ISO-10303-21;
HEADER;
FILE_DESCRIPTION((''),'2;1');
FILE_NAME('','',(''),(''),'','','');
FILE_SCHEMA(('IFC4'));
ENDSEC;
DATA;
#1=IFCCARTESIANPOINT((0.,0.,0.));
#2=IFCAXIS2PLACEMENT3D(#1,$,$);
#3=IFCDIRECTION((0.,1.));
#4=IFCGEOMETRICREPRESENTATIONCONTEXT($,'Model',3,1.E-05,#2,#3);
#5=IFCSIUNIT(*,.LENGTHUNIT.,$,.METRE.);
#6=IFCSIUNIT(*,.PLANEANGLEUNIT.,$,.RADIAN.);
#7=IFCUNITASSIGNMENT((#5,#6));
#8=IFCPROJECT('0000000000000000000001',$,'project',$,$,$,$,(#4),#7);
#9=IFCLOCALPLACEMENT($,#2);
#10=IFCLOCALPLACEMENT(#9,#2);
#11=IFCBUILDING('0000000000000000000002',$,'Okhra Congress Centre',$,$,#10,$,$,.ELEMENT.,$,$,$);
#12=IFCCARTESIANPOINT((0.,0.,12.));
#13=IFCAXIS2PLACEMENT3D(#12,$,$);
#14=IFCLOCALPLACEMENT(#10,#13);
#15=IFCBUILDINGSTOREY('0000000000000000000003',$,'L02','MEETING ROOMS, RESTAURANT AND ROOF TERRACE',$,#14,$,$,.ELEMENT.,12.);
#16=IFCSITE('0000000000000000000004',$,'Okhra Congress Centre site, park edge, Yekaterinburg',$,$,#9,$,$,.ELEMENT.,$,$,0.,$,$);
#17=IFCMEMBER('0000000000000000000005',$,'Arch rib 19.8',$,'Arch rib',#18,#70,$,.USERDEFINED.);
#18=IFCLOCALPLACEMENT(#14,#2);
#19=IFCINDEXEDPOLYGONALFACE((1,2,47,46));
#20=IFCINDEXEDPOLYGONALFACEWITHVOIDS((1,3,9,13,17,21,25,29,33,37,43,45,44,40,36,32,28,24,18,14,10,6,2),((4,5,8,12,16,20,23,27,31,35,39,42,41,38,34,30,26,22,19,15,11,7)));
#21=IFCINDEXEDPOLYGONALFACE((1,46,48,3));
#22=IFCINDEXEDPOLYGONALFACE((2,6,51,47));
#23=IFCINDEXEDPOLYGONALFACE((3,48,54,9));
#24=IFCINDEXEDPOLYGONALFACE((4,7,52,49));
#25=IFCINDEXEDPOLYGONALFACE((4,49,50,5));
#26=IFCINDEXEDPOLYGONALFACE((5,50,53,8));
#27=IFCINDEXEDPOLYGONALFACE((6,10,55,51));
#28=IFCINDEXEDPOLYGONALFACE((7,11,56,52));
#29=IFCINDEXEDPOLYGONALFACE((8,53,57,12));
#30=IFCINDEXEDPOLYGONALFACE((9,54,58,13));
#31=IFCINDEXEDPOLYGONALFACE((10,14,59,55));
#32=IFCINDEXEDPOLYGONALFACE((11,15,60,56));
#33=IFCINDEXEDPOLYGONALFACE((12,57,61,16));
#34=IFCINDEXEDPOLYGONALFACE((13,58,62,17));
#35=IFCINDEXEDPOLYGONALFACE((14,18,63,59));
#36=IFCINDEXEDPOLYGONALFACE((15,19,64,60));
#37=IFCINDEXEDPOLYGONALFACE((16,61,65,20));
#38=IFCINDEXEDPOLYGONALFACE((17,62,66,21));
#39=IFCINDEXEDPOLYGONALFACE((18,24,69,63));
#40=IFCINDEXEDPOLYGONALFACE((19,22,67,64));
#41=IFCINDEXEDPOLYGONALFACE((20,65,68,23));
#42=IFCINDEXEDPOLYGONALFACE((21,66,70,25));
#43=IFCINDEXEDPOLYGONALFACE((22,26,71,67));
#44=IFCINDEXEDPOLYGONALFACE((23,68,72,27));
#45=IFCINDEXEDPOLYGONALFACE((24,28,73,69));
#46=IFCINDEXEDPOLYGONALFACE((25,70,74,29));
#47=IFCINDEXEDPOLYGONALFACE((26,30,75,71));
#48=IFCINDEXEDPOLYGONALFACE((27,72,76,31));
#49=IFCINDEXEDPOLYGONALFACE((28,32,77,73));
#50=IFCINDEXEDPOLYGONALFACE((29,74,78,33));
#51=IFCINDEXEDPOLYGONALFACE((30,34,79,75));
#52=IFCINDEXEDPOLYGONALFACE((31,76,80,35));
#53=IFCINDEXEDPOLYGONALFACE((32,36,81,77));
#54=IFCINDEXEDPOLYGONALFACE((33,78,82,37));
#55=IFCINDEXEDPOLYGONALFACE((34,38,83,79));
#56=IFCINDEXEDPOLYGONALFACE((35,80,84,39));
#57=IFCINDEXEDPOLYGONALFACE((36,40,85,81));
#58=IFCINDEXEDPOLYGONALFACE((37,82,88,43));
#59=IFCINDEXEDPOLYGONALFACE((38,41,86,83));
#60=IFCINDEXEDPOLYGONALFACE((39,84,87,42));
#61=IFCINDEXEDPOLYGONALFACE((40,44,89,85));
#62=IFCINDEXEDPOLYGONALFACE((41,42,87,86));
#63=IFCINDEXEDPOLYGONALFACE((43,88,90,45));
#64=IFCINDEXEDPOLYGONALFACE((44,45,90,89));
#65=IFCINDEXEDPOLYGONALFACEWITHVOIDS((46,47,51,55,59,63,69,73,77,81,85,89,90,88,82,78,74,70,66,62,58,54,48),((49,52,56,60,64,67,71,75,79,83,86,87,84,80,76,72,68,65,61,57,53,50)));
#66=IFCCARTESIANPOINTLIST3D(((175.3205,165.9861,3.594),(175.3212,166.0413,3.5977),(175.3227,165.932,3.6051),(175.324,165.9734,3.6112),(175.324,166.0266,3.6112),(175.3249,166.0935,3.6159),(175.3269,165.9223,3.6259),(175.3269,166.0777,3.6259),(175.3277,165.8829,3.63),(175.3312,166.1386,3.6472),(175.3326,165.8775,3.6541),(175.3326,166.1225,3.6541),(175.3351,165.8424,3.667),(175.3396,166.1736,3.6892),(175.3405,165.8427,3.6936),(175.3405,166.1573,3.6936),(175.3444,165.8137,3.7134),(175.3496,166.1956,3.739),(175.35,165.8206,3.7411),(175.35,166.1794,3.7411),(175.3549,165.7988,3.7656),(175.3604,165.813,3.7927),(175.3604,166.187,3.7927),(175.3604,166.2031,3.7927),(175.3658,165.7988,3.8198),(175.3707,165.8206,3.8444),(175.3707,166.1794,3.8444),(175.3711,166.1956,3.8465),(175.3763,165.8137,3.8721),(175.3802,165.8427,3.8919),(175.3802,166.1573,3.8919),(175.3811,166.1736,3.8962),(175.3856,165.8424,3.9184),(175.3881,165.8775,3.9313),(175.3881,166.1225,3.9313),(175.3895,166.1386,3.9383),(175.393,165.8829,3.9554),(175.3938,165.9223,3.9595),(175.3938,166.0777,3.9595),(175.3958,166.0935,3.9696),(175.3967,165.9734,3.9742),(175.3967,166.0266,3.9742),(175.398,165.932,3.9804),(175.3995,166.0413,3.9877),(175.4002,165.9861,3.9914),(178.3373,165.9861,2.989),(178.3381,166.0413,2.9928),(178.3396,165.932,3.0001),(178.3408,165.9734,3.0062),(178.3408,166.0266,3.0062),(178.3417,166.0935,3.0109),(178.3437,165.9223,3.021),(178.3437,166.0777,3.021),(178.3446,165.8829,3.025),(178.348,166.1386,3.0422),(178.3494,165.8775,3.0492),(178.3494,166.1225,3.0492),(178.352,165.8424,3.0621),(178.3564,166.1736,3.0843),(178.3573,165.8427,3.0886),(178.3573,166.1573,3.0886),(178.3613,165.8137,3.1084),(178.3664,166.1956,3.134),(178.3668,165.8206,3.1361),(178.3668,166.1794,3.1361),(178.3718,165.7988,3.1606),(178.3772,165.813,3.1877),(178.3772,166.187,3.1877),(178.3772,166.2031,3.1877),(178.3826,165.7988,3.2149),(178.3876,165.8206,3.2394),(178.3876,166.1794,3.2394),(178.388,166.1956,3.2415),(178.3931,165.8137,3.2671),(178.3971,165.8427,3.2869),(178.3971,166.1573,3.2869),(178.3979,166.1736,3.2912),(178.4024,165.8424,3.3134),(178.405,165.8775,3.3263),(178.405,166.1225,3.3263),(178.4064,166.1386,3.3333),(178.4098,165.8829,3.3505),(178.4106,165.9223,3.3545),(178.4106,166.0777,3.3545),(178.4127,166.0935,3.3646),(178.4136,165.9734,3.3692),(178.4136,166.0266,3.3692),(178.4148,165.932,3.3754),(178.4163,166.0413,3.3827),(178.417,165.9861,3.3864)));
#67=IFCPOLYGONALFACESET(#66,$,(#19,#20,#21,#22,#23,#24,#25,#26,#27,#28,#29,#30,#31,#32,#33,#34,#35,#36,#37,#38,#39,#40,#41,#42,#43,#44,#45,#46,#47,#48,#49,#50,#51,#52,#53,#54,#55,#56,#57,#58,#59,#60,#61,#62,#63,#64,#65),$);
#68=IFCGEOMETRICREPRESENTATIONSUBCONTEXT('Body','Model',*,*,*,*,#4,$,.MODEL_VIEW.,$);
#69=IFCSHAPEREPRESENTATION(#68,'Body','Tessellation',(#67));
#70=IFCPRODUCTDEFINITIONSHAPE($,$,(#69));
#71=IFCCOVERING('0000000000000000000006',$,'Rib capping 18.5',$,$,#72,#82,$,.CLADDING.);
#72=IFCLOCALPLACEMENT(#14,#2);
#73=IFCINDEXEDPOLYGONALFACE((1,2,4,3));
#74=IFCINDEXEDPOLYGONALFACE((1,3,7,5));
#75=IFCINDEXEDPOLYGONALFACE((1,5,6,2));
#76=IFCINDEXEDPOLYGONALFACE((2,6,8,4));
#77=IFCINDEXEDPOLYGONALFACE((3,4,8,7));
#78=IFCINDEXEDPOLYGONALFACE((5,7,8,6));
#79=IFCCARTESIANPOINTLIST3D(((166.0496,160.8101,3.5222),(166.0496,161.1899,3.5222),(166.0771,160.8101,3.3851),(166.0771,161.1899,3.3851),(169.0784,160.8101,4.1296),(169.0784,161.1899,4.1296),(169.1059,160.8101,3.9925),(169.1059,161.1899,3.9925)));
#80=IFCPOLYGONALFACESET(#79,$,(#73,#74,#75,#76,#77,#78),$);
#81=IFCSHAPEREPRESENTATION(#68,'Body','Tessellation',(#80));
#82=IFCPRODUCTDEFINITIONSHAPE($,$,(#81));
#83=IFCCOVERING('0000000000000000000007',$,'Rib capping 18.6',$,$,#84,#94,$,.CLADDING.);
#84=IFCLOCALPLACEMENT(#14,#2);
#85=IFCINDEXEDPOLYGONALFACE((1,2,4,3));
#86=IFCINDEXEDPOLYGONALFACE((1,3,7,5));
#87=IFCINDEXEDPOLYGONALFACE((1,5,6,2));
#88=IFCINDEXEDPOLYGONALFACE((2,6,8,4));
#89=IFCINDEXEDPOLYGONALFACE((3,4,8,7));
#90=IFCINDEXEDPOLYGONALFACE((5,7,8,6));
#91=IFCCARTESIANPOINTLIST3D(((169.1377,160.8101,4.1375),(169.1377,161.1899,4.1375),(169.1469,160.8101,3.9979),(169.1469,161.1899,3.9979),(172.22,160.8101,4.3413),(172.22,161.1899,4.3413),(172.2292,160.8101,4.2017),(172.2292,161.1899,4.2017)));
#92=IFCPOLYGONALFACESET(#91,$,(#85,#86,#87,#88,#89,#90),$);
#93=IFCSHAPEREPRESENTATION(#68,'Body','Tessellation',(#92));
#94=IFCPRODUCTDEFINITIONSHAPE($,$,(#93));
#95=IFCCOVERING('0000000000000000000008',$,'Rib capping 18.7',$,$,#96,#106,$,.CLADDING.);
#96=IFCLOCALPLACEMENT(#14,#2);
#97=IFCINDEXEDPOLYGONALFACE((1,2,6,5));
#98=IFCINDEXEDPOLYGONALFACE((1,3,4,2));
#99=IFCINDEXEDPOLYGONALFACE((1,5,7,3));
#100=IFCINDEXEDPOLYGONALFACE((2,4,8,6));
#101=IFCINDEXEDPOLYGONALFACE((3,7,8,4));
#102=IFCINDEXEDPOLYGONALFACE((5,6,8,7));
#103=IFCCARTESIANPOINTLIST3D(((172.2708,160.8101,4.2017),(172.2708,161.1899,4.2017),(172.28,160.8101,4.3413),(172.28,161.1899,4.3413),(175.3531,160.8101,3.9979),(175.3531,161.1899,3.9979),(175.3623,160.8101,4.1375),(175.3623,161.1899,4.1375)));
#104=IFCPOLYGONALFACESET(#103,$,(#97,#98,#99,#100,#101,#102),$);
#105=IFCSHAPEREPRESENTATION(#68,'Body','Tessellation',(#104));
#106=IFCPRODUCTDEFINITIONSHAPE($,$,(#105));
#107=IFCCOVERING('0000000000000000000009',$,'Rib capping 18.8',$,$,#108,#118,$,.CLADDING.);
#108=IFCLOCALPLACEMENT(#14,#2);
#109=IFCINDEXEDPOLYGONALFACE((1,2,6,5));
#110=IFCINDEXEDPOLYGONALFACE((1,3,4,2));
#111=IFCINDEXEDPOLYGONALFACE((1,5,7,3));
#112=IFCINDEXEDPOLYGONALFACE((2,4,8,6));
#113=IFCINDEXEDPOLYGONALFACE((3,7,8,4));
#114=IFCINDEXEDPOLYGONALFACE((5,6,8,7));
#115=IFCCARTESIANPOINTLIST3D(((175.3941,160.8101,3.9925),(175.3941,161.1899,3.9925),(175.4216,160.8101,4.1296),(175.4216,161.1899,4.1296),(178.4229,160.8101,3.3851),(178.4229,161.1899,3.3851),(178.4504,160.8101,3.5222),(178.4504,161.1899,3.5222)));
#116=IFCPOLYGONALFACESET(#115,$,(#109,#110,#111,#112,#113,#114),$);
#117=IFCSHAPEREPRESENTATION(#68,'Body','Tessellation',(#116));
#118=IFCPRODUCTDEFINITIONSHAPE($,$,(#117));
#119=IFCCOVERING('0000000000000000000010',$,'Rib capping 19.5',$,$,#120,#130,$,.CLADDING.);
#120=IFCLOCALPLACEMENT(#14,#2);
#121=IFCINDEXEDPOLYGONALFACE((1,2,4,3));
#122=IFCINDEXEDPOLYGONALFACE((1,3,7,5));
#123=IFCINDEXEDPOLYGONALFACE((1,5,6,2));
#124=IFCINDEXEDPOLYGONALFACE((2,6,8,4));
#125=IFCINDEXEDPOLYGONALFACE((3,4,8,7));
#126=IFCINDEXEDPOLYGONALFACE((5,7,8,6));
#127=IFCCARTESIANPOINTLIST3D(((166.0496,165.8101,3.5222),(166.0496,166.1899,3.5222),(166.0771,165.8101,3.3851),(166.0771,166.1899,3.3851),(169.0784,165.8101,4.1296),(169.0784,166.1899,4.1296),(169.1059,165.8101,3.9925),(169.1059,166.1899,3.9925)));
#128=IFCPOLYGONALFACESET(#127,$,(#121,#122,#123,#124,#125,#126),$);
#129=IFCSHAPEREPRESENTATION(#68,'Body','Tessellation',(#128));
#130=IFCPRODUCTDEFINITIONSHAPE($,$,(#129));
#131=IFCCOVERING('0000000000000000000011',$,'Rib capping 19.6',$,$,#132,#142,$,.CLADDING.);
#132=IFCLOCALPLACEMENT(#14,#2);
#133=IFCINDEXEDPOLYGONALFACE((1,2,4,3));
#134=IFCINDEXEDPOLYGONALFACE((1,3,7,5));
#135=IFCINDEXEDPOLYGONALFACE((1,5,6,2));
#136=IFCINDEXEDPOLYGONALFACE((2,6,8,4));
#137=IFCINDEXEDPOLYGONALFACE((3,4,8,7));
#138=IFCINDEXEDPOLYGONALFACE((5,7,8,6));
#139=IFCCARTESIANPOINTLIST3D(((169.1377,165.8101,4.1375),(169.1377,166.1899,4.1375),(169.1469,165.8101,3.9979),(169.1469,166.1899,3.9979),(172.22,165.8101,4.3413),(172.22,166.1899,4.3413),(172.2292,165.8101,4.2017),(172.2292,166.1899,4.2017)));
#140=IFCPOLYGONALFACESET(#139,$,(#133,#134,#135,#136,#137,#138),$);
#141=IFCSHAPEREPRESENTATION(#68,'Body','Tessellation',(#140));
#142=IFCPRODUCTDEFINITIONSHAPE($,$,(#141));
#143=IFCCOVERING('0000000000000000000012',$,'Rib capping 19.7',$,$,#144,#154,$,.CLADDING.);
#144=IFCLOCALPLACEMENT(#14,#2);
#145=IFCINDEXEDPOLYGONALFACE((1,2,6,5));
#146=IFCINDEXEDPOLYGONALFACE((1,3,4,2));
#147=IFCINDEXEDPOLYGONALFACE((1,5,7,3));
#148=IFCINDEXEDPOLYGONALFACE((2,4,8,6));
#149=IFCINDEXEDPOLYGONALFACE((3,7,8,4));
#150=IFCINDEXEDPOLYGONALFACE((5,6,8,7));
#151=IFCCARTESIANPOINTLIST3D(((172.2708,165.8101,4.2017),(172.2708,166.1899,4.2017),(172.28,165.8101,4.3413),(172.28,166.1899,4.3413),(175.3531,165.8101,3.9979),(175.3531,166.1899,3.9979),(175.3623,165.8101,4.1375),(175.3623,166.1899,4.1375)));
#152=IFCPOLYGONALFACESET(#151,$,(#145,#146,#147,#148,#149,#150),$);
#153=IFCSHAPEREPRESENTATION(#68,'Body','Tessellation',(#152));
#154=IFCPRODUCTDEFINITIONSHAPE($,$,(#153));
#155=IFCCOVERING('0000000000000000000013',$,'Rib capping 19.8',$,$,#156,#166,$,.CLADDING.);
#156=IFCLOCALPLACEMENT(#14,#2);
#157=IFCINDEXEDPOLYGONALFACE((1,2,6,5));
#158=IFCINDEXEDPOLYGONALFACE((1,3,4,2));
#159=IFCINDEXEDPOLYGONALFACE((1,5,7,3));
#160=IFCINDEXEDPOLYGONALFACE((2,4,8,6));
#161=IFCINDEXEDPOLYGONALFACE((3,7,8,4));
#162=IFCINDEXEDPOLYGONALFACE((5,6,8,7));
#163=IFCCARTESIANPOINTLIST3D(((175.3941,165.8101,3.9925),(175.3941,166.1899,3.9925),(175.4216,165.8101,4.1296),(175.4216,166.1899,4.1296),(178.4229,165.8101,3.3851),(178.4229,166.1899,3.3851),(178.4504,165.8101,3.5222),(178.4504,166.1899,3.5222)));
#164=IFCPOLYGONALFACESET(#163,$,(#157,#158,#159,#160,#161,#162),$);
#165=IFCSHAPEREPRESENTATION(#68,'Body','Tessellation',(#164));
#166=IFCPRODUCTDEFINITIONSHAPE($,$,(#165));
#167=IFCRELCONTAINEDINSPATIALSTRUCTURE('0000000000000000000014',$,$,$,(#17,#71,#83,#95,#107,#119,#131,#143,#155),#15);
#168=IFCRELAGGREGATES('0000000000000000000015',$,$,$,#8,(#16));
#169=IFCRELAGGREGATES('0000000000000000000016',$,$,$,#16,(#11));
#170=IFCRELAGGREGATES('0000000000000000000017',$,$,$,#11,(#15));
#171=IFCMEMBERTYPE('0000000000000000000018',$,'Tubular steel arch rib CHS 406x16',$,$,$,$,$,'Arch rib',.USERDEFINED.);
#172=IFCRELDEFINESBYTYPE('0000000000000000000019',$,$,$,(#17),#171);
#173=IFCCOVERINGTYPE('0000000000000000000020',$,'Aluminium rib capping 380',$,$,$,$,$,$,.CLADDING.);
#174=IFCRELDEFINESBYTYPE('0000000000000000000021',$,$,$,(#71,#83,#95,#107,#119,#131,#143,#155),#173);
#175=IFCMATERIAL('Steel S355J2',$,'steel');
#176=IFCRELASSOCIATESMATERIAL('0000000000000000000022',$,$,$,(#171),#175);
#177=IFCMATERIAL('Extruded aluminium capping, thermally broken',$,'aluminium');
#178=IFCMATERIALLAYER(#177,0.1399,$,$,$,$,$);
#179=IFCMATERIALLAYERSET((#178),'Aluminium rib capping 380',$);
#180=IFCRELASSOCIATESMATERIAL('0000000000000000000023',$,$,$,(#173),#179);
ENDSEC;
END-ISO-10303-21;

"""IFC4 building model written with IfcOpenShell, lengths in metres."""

from ifc_helpers import new_model, si_unit, direction, frame, origin, origin_2d, place, context, subcontext, project, spatial, polyline, hollow_circle, outline, extrude, material, layer, layer_set, material_profile, profile_set, type_object, element, save


model = new_model("IFC4")

# Units and contexts
model_context = context("Model", 3, precision=1e-05, world=origin(), true_north=direction((0.0, 1.0)))
body_context = subcontext(model_context, "Body", "Model", "MODEL_VIEW")
ifc_project = project(units=[si_unit("LENGTHUNIT", "METRE"), si_unit("PLANEANGLEUNIT", "RADIAN")], contexts=[model_context])

# Site, building, storey
site_placement = place(None, origin())
site = spatial("IfcSite", under=ifc_project, at=site_placement, Name="Okhra Congress Centre site, park edge, Yekaterinburg", CompositionType="ELEMENT", RefElevation=0.0)
building_placement = place(site_placement, origin())
building = spatial("IfcBuilding", under=site, at=building_placement, Name="Okhra Congress Centre", CompositionType="ELEMENT")
storey_placement = place(building_placement, frame((0.0, 0.0, 12.0)))
storey = spatial("IfcBuildingStorey", under=building, at=storey_placement, Name="L02", Description="MEETING ROOMS, RESTAURANT AND ROOF TERRACE", CompositionType="ELEMENT", Elevation=12.0)

# Member
ifc_material_1 = material(Name="Steel S355J2", Category="steel")
ifc_material_profile_1 = material_profile(ifc_material_1, hollow_circle(Radius=0.2031, WallThickness=0.0161, at=origin_2d()), Name="CHS 406.4x16")
ifc_profile_set_1 = profile_set([ifc_material_profile_1], Name="Steel S355J2")
member_type_1 = type_object("IfcMemberType", Name="Tubular steel arch rib CHS 406x16", ElementType="Arch rib", PredefinedType="USERDEFINED", material=ifc_profile_set_1)
for number, where, z_axis, x_axis, name in (
    (1, (175.3604, 166.0, 3.7927), (0.98048, 0.0, -0.19662), (0.0, 1.0, 0.0), "Arch rib 19.8"),
):
    element("IfcMember", number, at=place(storey_placement, frame(where, z_axis=z_axis, x_axis=x_axis)), inside=storey, type_object=member_type_1, Name=name, ObjectType="Arch rib", PredefinedType="USERDEFINED", context=body_context, shape_type="SweptSolid", body=[
        extrude(hollow_circle(Radius=0.2031, WallThickness=0.0161, at=origin_2d()), origin(), (0.0, 0.0, 1.0), 3.0769),
    ])

# Coverings
ifc_material_2 = material(Name="Extruded aluminium capping, thermally broken", Category="aluminium")
ifc_layer = layer(ifc_material_2, 0.1399)
ifc_layer_set = layer_set([ifc_layer], Name="Aluminium rib capping 380")
covering_type = type_object("IfcCoveringType", Name="Aluminium rib capping 380", PredefinedType="CLADDING", material=ifc_layer_set)
covering_1_placement = place(storey_placement, frame((166.0496, 160.8101, 3.5222), z_axis=(-0.196633, 0.0, 0.980477), x_axis=(0.980477, 0.0, 0.196633)))
element("IfcCovering", 2, at=covering_1_placement, inside=storey, type_object=covering_type, Name="Rib capping 18.5", PredefinedType="CLADDING", context=body_context, shape_type="SweptSolid", body=[
    extrude(outline(polyline([(0.0, 0.0), (3.0891, 0.0), (3.0891, 0.3799), (0.0, 0.3799), (0.0, 0.0)])), origin(), (0.0, 0.0, -1.0), 0.1399),
])
for number, where, z_axis, x_axis, name in (
    (3, (169.1377, 160.8101, 4.1375), (-0.065994, 0.0, 0.99782), (0.99782, 0.0, 0.065994), "Rib capping 18.6"),
    (4, (172.28, 160.8101, 4.3413), (0.065994, 0.0, 0.99782), (0.99782, 0.0, -0.065994), "Rib capping 18.7"),
):
    element("IfcCovering", number, at=place(storey_placement, frame(where, z_axis=z_axis, x_axis=x_axis)), inside=storey, type_object=covering_type, Name=name, PredefinedType="CLADDING", context=body_context, shape_type="SweptSolid", body=[
        extrude(outline(polyline([(0.0, 0.0), (3.089, 0.0), (3.089, 0.3799), (0.0, 0.3799), (0.0, 0.0)])), origin(), (0.0, 0.0, -1.0), 0.1399),
    ])
for number, where, z_axis, x_axis, name in (
    (5, (175.4216, 160.8101, 4.1296), (0.196633, 0.0, 0.980477), (0.980477, 0.0, -0.196633), "Rib capping 18.8"),
    (6, (166.0496, 165.8101, 3.5222), (-0.196633, 0.0, 0.980477), (0.980477, 0.0, 0.196633), "Rib capping 19.5"),
):
    element("IfcCovering", number, at=place(storey_placement, frame(where, z_axis=z_axis, x_axis=x_axis)), inside=storey, type_object=covering_type, Name=name, PredefinedType="CLADDING", context=body_context, shape_type="SweptSolid", body=[
        extrude(outline(polyline([(0.0, 0.0), (3.0891, 0.0), (3.0891, 0.3799), (0.0, 0.3799), (0.0, 0.0)])), origin(), (0.0, 0.0, -1.0), 0.1399),
    ])
for number, where, z_axis, x_axis, name in (
    (7, (169.1377, 165.8101, 4.1375), (-0.065994, 0.0, 0.99782), (0.99782, 0.0, 0.065994), "Rib capping 19.6"),
    (8, (172.28, 165.8101, 4.3413), (0.065994, 0.0, 0.99782), (0.99782, 0.0, -0.065994), "Rib capping 19.7"),
):
    element("IfcCovering", number, at=place(storey_placement, frame(where, z_axis=z_axis, x_axis=x_axis)), inside=storey, type_object=covering_type, Name=name, PredefinedType="CLADDING", context=body_context, shape_type="SweptSolid", body=[
        extrude(outline(polyline([(0.0, 0.0), (3.089, 0.0), (3.089, 0.3799), (0.0, 0.3799), (0.0, 0.0)])), origin(), (0.0, 0.0, -1.0), 0.1399),
    ])
covering_2_placement = place(storey_placement, frame((175.4216, 165.8101, 4.1296), z_axis=(0.196633, 0.0, 0.980477), x_axis=(0.980477, 0.0, -0.196633)))
element("IfcCovering", 9, at=covering_2_placement, inside=storey, type_object=covering_type, Name="Rib capping 19.8", PredefinedType="CLADDING", context=body_context, shape_type="SweptSolid", body=[
    extrude(outline(polyline([(0.0, 0.0), (3.0891, 0.0), (3.0891, 0.3799), (0.0, 0.3799), (0.0, 0.0)])), origin(), (0.0, 0.0, -1.0), 0.1399),
])

save(model, "model.ifc")
